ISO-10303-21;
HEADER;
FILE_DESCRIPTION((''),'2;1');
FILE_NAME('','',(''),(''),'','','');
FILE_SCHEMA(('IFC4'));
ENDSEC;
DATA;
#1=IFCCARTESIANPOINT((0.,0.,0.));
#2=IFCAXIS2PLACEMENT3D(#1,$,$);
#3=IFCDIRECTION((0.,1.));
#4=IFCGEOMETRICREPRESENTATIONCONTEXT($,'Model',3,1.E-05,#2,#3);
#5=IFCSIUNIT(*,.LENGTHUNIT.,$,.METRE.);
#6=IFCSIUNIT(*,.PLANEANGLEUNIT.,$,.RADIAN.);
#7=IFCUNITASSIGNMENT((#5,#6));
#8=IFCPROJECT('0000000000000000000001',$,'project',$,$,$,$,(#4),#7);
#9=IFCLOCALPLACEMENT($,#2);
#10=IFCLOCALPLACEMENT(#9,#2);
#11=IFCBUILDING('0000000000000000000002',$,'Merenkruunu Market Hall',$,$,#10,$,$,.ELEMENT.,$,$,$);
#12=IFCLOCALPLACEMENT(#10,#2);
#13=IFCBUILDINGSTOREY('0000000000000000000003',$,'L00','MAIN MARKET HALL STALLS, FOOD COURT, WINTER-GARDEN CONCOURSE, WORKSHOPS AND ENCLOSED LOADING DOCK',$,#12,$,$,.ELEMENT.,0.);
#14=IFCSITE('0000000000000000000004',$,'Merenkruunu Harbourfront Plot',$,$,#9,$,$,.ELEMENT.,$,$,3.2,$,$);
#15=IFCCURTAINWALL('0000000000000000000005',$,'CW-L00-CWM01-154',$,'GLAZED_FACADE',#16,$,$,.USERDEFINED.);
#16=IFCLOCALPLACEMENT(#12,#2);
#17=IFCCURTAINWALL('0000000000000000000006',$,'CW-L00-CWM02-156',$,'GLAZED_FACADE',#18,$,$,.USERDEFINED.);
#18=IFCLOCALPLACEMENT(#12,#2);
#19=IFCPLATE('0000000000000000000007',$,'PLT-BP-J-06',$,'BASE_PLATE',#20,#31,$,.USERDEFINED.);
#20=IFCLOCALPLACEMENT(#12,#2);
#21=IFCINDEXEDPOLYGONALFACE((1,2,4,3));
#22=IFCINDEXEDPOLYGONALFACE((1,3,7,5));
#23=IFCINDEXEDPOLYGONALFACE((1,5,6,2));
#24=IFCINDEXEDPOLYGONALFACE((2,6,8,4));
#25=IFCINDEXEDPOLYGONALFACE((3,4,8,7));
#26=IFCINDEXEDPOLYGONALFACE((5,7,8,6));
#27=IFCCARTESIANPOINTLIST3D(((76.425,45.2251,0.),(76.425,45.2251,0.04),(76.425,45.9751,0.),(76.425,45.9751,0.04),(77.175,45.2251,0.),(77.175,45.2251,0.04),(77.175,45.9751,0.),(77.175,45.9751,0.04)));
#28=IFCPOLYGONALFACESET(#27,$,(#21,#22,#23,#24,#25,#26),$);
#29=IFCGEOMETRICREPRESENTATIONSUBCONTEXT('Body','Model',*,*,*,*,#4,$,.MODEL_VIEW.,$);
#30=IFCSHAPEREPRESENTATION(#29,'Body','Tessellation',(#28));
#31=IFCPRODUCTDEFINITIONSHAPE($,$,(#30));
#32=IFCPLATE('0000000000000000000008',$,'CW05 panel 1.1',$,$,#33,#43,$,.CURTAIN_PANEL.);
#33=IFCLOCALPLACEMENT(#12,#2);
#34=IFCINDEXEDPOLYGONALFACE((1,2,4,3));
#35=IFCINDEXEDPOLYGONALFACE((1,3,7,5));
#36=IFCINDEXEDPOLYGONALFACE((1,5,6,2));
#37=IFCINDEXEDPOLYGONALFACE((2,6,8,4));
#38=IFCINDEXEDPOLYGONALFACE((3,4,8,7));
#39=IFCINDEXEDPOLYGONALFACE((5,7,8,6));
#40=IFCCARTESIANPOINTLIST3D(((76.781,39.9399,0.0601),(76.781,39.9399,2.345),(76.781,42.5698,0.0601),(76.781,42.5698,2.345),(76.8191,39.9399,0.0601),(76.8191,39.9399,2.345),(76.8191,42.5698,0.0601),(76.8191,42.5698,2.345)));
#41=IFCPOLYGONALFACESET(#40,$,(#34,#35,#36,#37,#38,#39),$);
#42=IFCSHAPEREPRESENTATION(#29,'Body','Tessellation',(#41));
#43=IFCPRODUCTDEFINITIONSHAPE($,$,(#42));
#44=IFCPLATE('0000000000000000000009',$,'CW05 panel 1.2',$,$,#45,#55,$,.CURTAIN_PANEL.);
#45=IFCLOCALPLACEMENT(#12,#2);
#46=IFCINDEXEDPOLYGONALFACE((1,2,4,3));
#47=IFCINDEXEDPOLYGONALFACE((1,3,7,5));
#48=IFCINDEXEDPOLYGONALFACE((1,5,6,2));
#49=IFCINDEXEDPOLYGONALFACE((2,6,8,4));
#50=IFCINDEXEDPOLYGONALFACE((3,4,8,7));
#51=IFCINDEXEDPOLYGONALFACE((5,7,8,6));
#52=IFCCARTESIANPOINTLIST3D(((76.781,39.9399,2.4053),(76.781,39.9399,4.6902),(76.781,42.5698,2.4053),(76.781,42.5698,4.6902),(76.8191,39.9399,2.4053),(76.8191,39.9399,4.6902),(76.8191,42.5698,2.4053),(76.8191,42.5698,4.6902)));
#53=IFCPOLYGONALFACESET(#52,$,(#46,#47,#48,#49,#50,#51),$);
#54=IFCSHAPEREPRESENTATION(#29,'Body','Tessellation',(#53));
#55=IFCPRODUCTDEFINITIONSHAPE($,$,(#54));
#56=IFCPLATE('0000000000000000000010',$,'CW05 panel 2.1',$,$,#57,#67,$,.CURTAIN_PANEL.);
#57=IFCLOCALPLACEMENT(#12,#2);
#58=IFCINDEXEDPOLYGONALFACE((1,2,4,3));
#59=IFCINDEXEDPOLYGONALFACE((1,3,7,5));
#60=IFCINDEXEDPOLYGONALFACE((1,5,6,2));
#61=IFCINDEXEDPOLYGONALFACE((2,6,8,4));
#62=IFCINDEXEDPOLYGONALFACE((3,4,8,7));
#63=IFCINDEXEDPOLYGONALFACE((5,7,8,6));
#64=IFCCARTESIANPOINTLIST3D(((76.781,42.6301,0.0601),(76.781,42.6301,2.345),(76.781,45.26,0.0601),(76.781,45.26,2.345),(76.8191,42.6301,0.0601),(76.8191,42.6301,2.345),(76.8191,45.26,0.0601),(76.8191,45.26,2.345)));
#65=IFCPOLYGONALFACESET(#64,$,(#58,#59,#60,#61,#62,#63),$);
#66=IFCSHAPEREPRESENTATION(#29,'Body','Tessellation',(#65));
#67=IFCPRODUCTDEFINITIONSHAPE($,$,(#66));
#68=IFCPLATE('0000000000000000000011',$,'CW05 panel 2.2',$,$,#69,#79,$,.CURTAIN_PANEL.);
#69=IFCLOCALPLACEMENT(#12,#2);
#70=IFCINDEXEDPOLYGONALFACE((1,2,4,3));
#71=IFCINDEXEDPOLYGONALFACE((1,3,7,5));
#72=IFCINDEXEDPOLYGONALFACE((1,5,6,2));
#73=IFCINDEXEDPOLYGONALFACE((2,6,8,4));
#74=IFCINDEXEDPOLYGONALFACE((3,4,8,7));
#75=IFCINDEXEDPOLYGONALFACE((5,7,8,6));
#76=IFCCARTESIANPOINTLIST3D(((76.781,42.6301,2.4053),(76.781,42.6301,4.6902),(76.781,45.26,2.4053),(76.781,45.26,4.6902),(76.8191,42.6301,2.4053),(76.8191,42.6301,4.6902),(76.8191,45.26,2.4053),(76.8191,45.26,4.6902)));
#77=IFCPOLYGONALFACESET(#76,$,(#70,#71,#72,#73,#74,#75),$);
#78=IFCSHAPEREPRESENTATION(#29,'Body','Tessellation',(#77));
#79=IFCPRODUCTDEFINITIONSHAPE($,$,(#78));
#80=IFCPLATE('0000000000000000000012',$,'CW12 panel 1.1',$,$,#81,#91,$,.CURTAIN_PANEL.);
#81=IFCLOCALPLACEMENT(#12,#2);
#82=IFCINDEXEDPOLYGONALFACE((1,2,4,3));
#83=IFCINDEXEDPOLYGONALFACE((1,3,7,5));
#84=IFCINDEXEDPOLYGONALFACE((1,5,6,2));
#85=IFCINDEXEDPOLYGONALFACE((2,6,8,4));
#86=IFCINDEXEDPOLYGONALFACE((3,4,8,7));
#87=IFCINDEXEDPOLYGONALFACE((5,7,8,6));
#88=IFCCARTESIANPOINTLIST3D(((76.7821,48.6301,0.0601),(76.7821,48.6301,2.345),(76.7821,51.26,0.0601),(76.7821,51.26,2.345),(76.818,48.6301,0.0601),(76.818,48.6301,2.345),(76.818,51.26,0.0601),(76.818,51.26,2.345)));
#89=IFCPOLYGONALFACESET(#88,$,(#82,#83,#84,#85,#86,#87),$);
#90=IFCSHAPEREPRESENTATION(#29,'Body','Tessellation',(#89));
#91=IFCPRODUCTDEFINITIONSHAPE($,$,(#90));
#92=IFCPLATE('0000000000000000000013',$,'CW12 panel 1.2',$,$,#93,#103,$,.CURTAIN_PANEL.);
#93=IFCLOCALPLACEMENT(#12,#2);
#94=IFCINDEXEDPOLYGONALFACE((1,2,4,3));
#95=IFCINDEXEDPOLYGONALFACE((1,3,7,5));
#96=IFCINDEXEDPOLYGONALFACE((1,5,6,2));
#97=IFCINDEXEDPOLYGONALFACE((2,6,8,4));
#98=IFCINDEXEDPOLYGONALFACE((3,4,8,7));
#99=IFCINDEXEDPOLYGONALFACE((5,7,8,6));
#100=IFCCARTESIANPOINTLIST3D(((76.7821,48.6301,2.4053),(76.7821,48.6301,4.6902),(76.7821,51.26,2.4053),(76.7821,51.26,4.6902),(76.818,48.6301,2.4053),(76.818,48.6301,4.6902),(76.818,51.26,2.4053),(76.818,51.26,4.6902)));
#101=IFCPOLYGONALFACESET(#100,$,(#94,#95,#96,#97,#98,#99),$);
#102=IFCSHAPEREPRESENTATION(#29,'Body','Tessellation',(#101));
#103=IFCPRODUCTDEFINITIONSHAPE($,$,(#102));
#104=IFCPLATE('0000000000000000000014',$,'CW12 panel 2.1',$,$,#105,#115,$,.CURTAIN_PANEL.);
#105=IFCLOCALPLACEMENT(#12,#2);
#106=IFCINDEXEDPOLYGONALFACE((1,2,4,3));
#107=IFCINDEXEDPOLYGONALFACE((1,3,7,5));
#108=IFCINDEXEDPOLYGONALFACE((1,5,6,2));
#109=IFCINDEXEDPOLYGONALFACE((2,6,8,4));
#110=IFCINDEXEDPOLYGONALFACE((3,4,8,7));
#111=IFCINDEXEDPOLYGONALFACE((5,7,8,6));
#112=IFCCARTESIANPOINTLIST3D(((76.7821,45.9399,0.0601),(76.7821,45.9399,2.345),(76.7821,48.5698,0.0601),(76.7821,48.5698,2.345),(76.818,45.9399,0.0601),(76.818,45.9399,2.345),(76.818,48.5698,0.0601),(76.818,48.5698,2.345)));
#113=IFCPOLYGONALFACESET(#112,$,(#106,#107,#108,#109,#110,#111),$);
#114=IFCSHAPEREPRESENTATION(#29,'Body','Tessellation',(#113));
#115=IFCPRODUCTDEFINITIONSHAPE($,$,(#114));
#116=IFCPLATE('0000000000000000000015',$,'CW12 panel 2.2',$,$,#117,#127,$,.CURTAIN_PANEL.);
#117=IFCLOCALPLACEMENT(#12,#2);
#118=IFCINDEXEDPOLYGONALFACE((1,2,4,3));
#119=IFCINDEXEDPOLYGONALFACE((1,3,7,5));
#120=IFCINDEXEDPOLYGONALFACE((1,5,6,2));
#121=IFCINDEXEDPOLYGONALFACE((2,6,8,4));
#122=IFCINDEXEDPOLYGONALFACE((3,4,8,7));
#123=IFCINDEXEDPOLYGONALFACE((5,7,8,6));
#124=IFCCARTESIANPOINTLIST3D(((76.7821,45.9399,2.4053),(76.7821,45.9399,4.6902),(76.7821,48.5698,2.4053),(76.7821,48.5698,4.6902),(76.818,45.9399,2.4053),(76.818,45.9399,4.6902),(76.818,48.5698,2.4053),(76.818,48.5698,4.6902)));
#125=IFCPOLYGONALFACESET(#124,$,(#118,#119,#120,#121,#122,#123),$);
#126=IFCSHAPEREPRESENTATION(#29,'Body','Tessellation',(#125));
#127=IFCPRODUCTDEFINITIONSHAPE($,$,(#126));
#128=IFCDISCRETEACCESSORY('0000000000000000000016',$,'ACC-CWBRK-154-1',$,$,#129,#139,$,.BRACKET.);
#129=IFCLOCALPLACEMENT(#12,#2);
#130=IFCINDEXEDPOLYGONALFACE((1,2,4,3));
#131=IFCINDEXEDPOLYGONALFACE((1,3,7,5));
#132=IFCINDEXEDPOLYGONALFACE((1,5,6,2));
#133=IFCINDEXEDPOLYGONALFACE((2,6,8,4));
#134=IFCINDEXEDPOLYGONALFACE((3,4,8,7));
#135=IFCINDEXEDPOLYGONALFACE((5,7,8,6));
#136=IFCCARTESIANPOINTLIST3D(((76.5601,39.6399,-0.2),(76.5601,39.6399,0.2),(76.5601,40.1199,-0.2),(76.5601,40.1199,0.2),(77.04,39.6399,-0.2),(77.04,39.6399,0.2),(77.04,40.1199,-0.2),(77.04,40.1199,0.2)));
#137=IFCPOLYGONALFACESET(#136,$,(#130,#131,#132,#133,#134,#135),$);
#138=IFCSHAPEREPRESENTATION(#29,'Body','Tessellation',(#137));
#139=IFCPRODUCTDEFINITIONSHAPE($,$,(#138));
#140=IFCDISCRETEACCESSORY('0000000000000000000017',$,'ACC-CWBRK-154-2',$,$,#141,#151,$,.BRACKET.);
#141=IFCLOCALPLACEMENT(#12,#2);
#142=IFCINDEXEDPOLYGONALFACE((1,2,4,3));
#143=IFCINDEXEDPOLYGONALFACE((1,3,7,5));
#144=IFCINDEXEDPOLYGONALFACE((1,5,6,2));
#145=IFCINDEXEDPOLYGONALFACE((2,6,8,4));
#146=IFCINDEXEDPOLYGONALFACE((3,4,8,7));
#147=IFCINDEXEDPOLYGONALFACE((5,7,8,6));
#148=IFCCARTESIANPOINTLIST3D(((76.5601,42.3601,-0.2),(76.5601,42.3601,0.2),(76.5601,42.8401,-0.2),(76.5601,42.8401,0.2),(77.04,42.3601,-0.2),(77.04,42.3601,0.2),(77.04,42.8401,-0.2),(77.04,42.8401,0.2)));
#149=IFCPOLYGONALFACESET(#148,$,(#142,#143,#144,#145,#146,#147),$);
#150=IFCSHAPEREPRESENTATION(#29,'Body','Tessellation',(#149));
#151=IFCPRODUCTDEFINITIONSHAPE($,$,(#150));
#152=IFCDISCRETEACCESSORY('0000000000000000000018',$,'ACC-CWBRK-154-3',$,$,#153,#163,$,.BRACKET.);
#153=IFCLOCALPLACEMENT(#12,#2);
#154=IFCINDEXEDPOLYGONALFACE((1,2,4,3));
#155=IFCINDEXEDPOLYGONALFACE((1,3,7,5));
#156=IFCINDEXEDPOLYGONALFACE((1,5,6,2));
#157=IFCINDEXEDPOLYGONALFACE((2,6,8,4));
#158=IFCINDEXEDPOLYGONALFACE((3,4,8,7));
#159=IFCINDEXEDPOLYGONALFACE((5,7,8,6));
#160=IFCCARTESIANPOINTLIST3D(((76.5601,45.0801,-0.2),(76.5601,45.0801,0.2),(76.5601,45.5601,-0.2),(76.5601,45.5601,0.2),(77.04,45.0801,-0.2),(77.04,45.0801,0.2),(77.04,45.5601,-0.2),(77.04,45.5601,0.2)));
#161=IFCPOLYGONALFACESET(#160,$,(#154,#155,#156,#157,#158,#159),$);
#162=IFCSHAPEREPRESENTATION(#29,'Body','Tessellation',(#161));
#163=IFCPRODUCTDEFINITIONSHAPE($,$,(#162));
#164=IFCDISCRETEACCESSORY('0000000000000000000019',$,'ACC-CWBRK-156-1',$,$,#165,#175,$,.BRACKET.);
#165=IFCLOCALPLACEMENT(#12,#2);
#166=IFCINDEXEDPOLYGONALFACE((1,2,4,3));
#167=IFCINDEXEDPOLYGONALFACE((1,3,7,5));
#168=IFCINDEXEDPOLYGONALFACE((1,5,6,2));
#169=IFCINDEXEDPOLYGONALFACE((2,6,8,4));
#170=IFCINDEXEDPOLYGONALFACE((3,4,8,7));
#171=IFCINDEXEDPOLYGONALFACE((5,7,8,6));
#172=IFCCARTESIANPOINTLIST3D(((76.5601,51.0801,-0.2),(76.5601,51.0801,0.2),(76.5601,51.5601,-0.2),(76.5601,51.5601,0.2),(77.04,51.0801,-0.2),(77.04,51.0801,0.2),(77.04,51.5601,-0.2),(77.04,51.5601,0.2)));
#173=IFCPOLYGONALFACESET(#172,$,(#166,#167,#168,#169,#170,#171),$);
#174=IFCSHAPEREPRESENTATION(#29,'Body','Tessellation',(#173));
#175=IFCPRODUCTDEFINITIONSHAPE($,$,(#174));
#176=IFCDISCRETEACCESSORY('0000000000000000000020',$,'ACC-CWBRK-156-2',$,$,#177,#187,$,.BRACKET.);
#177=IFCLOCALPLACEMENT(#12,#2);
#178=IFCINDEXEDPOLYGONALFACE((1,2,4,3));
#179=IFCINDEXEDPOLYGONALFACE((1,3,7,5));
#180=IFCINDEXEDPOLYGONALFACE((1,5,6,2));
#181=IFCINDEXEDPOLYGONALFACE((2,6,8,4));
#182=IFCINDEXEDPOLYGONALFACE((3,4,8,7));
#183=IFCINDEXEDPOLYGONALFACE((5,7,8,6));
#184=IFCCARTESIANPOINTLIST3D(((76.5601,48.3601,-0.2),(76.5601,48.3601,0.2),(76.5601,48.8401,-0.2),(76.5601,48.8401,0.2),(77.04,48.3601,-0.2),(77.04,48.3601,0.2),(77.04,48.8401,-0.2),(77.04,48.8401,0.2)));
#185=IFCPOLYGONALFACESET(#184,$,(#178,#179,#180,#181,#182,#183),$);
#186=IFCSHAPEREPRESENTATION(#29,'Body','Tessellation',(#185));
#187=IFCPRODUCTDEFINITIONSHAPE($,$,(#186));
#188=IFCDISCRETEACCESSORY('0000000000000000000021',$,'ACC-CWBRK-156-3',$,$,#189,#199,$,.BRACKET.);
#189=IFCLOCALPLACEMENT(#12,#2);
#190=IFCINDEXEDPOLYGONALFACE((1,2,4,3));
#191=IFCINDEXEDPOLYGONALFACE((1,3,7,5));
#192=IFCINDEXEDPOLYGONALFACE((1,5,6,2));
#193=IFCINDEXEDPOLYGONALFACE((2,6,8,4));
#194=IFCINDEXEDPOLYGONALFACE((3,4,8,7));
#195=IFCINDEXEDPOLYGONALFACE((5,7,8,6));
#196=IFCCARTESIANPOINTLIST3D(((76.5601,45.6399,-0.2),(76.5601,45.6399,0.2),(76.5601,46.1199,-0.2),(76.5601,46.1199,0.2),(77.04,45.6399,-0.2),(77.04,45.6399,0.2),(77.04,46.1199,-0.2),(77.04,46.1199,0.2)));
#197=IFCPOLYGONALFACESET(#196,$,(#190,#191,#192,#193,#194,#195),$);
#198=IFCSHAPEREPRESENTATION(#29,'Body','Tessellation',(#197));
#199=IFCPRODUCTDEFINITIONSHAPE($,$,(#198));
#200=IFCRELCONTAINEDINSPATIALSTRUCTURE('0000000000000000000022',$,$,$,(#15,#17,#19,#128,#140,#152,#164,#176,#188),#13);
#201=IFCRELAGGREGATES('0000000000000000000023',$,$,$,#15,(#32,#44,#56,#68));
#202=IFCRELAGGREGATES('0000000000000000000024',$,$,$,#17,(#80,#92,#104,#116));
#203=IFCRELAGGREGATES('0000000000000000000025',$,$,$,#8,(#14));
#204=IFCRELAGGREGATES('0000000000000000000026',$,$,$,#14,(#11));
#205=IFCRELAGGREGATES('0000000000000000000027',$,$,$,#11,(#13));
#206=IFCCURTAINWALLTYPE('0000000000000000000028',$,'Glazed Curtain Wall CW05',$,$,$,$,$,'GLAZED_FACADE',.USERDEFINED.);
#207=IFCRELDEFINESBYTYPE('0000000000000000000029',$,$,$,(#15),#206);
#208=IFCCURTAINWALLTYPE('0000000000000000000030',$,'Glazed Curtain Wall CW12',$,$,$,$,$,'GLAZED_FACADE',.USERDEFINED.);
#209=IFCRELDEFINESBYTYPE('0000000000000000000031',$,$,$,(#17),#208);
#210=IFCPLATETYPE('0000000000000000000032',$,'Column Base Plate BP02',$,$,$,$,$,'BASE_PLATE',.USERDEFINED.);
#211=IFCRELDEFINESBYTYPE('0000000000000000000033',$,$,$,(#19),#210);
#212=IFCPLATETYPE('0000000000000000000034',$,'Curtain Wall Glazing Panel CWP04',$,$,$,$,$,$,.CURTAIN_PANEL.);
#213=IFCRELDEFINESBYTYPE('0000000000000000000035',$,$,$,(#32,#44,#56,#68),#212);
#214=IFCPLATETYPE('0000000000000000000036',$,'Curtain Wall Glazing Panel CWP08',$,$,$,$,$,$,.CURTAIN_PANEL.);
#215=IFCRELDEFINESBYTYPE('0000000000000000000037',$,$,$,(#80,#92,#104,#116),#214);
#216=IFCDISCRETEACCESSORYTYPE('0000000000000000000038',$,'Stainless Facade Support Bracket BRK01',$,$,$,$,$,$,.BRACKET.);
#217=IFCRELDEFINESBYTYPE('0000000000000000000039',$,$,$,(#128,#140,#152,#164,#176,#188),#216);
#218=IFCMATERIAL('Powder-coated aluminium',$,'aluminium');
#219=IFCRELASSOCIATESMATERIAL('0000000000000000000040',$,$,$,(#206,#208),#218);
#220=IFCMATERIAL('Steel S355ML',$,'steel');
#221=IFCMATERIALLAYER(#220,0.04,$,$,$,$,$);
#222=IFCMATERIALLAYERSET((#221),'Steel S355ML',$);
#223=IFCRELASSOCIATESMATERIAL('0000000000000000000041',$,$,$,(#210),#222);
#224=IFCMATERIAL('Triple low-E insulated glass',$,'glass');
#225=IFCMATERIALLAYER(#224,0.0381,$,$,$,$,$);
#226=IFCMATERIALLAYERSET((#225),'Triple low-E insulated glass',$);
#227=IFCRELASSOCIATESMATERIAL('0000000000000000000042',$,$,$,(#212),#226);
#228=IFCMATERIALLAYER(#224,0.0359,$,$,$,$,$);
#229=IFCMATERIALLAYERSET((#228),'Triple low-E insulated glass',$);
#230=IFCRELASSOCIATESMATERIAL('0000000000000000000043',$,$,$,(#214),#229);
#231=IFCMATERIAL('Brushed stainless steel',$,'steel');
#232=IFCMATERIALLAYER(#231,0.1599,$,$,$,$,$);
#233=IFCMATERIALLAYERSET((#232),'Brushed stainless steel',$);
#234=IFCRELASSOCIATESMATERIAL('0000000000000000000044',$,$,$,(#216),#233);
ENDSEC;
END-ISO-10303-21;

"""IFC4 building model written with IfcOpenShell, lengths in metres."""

from ifc_helpers import new_model, si_unit, direction, frame, origin, origin_2d, place, context, subcontext, project, spatial, rectangle, extrude, material, layer, layer_set, type_object, element, aggregate, save


model = new_model("IFC4")

# Units and contexts
model_context = context("Model", 3, precision=1e-05, world=origin(), true_north=direction((0.0, 1.0)))
body_context = subcontext(model_context, "Body", "Model", "MODEL_VIEW")
ifc_project = project(units=[si_unit("LENGTHUNIT", "METRE"), si_unit("PLANEANGLEUNIT", "RADIAN")], contexts=[model_context])

# Site, building, storey
site_placement = place(None, origin())
site = spatial("IfcSite", under=ifc_project, at=site_placement, Name="Merenkruunu Harbourfront Plot", CompositionType="ELEMENT", RefElevation=3.2)
building_placement = place(site_placement, origin())
building = spatial("IfcBuilding", under=site, at=building_placement, Name="Merenkruunu Market Hall", CompositionType="ELEMENT")
storey_placement = place(building_placement, origin())
storey = spatial("IfcBuildingStorey", under=building, at=storey_placement, Name="L00", Description="MAIN MARKET HALL STALLS, FOOD COURT, WINTER-GARDEN CONCOURSE, WORKSHOPS AND ENCLOSED LOADING DOCK", CompositionType="ELEMENT", Elevation=0.0)

# Shared definitions
ifc_material_1 = material(Name="Steel S355ML", Category="steel")

# Curtain walls
ifc_material_2 = material(Name="Powder-coated aluminium", Category="aluminium")
curtain_wall_type_1 = type_object("IfcCurtainWallType", Name="Glazed Curtain Wall CW05", ElementType="GLAZED_FACADE", PredefinedType="USERDEFINED", material=ifc_material_2)
curtain_wall_1_placement = place(storey_placement, origin())
curtain_wall_1 = element("IfcCurtainWall", 1, at=curtain_wall_1_placement, inside=storey, type_object=curtain_wall_type_1, Name="CW-L00-CWM01-154", ObjectType="GLAZED_FACADE", PredefinedType="USERDEFINED")
curtain_wall_type_2 = type_object("IfcCurtainWallType", Name="Glazed Curtain Wall CW12", ElementType="GLAZED_FACADE", PredefinedType="USERDEFINED", material=ifc_material_2)
curtain_wall_2_placement = place(storey_placement, origin())
curtain_wall_2 = element("IfcCurtainWall", 2, at=curtain_wall_2_placement, inside=storey, type_object=curtain_wall_type_2, Name="CW-L00-CWM02-156", ObjectType="GLAZED_FACADE", PredefinedType="USERDEFINED")

# Plates
ifc_layer_1 = layer(ifc_material_1, 0.04)
ifc_layer_set_1 = layer_set([ifc_layer_1], Name="Steel S355ML")
plate_type_1 = type_object("IfcPlateType", Name="Column Base Plate BP02", ElementType="BASE_PLATE", PredefinedType="USERDEFINED", material=ifc_layer_set_1)
plate_1_placement = place(storey_placement, frame((76.8, 45.6001, 0.0), z_axis=(0.0, 0.0, 1.0), x_axis=(1.0, 0.0, 0.0)))
element("IfcPlate", 3, at=plate_1_placement, inside=storey, type_object=plate_type_1, Name="PLT-BP-J-06", ObjectType="BASE_PLATE", PredefinedType="USERDEFINED", context=body_context, shape_type="SweptSolid", body=[
    extrude(rectangle(XDim=0.75, YDim=0.75, at=origin_2d()), origin(), (0.0, 0.0, 1.0), 0.04),
])
ifc_material_3 = material(Name="Triple low-E insulated glass", Category="glass")
ifc_layer_2 = layer(ifc_material_3, 0.0381)
ifc_layer_set_2 = layer_set([ifc_layer_2], Name="Triple low-E insulated glass")
plate_type_2 = type_object("IfcPlateType", Name="Curtain Wall Glazing Panel CWP04", PredefinedType="CURTAIN_PANEL", material=ifc_layer_set_2)
plate_2_placement = place(storey_placement, frame((76.8, 41.2549, 0.0601), z_axis=(0.0, 0.0, 1.0), x_axis=(0.0, 1.0, 0.0)))
plate_2 = element("IfcPlate", 4, at=plate_2_placement, type_object=plate_type_2, Name="CW05 panel 1.1", PredefinedType="CURTAIN_PANEL", context=body_context, shape_type="SweptSolid", body=[
    extrude(rectangle(XDim=2.6299, YDim=0.0381, at=origin_2d()), origin(), (0.0, 0.0, 1.0), 2.2849),
])
plate_3_placement = place(storey_placement, frame((76.8, 41.2549, 2.4053), z_axis=(0.0, 0.0, 1.0), x_axis=(0.0, 1.0, 0.0)))
plate_3 = element("IfcPlate", 5, at=plate_3_placement, type_object=plate_type_2, Name="CW05 panel 1.2", PredefinedType="CURTAIN_PANEL", context=body_context, shape_type="SweptSolid", body=[
    extrude(rectangle(XDim=2.6299, YDim=0.0381, at=origin_2d()), origin(), (0.0, 0.0, 1.0), 2.2849),
])
plate_4_placement = place(storey_placement, frame((76.8, 43.9451, 0.0601), z_axis=(0.0, 0.0, 1.0), x_axis=(0.0, 1.0, 0.0)))
plate_4 = element("IfcPlate", 6, at=plate_4_placement, type_object=plate_type_2, Name="CW05 panel 2.1", PredefinedType="CURTAIN_PANEL", context=body_context, shape_type="SweptSolid", body=[
    extrude(rectangle(XDim=2.6299, YDim=0.0381, at=origin_2d()), origin(), (0.0, 0.0, 1.0), 2.2849),
])
plate_5_placement = place(storey_placement, frame((76.8, 43.9451, 2.4053), z_axis=(0.0, 0.0, 1.0), x_axis=(0.0, 1.0, 0.0)))
plate_5 = element("IfcPlate", 7, at=plate_5_placement, type_object=plate_type_2, Name="CW05 panel 2.2", PredefinedType="CURTAIN_PANEL", context=body_context, shape_type="SweptSolid", body=[
    extrude(rectangle(XDim=2.6299, YDim=0.0381, at=origin_2d()), origin(), (0.0, 0.0, 1.0), 2.2849),
])
aggregate(curtain_wall_1, [plate_2, plate_3, plate_4, plate_5])
ifc_layer_3 = layer(ifc_material_3, 0.0359)
ifc_layer_set_3 = layer_set([ifc_layer_3], Name="Triple low-E insulated glass")
plate_type_3 = type_object("IfcPlateType", Name="Curtain Wall Glazing Panel CWP08", PredefinedType="CURTAIN_PANEL", material=ifc_layer_set_3)
plate_6_placement = place(storey_placement, frame((76.8, 49.9451, 0.0601), z_axis=(0.0, 0.0, 1.0), x_axis=(0.0, -1.0, 0.0)))
plate_6 = element("IfcPlate", 8, at=plate_6_placement, type_object=plate_type_3, Name="CW12 panel 1.1", PredefinedType="CURTAIN_PANEL", context=body_context, shape_type="SweptSolid", body=[
    extrude(rectangle(XDim=2.6299, YDim=0.0359, at=origin_2d()), origin(), (0.0, 0.0, 1.0), 2.2849),
])
plate_7_placement = place(storey_placement, frame((76.8, 49.9451, 2.4053), z_axis=(0.0, 0.0, 1.0), x_axis=(0.0, -1.0, 0.0)))
plate_7 = element("IfcPlate", 9, at=plate_7_placement, type_object=plate_type_3, Name="CW12 panel 1.2", PredefinedType="CURTAIN_PANEL", context=body_context, shape_type="SweptSolid", body=[
    extrude(rectangle(XDim=2.6299, YDim=0.0359, at=origin_2d()), origin(), (0.0, 0.0, 1.0), 2.2849),
])
plate_8_placement = place(storey_placement, frame((76.8, 47.2549, 0.0601), z_axis=(0.0, 0.0, 1.0), x_axis=(0.0, -1.0, 0.0)))
plate_8 = element("IfcPlate", 10, at=plate_8_placement, type_object=plate_type_3, Name="CW12 panel 2.1", PredefinedType="CURTAIN_PANEL", context=body_context, shape_type="SweptSolid", body=[
    extrude(rectangle(XDim=2.6299, YDim=0.0359, at=origin_2d()), origin(), (0.0, 0.0, 1.0), 2.2849),
])
plate_9_placement = place(storey_placement, frame((76.8, 47.2549, 2.4053), z_axis=(0.0, 0.0, 1.0), x_axis=(0.0, -1.0, 0.0)))
plate_9 = element("IfcPlate", 11, at=plate_9_placement, type_object=plate_type_3, Name="CW12 panel 2.2", PredefinedType="CURTAIN_PANEL", context=body_context, shape_type="SweptSolid", body=[
    extrude(rectangle(XDim=2.6299, YDim=0.0359, at=origin_2d()), origin(), (0.0, 0.0, 1.0), 2.2849),
])
aggregate(curtain_wall_2, [plate_6, plate_7, plate_8, plate_9])

# Discrete accessories
ifc_material_4 = material(Name="Brushed stainless steel", Category="steel")
ifc_layer_4 = layer(ifc_material_4, 0.1599)
ifc_layer_set_4 = layer_set([ifc_layer_4], Name="Brushed stainless steel")
discrete_accessory_type = type_object("IfcDiscreteAccessoryType", Name="Stainless Facade Support Bracket BRK01", PredefinedType="BRACKET", material=ifc_layer_set_4)
for number, where, z_axis, x_axis, name in (
    (12, (76.8, 39.8799, -0.2), (0.0, 0.0, 1.0), (1.0, 0.0, 0.0), "ACC-CWBRK-154-1"),
    (13, (76.8, 42.6001, -0.2), (0.0, 0.0, 1.0), (1.0, 0.0, 0.0), "ACC-CWBRK-154-2"),
    (14, (76.8, 45.3201, -0.2), (0.0, 0.0, 1.0), (1.0, 0.0, 0.0), "ACC-CWBRK-154-3"),
    (15, (76.8, 51.3201, -0.2), (0.0, 0.0, 1.0), (1.0, 0.0, 0.0), "ACC-CWBRK-156-1"),
    (16, (76.8, 48.6001, -0.2), (0.0, 0.0, 1.0), (1.0, 0.0, 0.0), "ACC-CWBRK-156-2"),
    (17, (76.8, 45.8799, -0.2), (0.0, 0.0, 1.0), (1.0, 0.0, 0.0), "ACC-CWBRK-156-3"),
):
    element("IfcDiscreteAccessory", number, at=place(storey_placement, frame(where, z_axis=z_axis, x_axis=x_axis)), inside=storey, type_object=discrete_accessory_type, Name=name, PredefinedType="BRACKET", context=body_context, shape_type="SweptSolid", body=[
        extrude(rectangle(XDim=0.48, YDim=0.48, at=origin_2d()), origin(), (0.0, 0.0, 1.0), 0.3999),
    ])

save(model, "model.ifc")
